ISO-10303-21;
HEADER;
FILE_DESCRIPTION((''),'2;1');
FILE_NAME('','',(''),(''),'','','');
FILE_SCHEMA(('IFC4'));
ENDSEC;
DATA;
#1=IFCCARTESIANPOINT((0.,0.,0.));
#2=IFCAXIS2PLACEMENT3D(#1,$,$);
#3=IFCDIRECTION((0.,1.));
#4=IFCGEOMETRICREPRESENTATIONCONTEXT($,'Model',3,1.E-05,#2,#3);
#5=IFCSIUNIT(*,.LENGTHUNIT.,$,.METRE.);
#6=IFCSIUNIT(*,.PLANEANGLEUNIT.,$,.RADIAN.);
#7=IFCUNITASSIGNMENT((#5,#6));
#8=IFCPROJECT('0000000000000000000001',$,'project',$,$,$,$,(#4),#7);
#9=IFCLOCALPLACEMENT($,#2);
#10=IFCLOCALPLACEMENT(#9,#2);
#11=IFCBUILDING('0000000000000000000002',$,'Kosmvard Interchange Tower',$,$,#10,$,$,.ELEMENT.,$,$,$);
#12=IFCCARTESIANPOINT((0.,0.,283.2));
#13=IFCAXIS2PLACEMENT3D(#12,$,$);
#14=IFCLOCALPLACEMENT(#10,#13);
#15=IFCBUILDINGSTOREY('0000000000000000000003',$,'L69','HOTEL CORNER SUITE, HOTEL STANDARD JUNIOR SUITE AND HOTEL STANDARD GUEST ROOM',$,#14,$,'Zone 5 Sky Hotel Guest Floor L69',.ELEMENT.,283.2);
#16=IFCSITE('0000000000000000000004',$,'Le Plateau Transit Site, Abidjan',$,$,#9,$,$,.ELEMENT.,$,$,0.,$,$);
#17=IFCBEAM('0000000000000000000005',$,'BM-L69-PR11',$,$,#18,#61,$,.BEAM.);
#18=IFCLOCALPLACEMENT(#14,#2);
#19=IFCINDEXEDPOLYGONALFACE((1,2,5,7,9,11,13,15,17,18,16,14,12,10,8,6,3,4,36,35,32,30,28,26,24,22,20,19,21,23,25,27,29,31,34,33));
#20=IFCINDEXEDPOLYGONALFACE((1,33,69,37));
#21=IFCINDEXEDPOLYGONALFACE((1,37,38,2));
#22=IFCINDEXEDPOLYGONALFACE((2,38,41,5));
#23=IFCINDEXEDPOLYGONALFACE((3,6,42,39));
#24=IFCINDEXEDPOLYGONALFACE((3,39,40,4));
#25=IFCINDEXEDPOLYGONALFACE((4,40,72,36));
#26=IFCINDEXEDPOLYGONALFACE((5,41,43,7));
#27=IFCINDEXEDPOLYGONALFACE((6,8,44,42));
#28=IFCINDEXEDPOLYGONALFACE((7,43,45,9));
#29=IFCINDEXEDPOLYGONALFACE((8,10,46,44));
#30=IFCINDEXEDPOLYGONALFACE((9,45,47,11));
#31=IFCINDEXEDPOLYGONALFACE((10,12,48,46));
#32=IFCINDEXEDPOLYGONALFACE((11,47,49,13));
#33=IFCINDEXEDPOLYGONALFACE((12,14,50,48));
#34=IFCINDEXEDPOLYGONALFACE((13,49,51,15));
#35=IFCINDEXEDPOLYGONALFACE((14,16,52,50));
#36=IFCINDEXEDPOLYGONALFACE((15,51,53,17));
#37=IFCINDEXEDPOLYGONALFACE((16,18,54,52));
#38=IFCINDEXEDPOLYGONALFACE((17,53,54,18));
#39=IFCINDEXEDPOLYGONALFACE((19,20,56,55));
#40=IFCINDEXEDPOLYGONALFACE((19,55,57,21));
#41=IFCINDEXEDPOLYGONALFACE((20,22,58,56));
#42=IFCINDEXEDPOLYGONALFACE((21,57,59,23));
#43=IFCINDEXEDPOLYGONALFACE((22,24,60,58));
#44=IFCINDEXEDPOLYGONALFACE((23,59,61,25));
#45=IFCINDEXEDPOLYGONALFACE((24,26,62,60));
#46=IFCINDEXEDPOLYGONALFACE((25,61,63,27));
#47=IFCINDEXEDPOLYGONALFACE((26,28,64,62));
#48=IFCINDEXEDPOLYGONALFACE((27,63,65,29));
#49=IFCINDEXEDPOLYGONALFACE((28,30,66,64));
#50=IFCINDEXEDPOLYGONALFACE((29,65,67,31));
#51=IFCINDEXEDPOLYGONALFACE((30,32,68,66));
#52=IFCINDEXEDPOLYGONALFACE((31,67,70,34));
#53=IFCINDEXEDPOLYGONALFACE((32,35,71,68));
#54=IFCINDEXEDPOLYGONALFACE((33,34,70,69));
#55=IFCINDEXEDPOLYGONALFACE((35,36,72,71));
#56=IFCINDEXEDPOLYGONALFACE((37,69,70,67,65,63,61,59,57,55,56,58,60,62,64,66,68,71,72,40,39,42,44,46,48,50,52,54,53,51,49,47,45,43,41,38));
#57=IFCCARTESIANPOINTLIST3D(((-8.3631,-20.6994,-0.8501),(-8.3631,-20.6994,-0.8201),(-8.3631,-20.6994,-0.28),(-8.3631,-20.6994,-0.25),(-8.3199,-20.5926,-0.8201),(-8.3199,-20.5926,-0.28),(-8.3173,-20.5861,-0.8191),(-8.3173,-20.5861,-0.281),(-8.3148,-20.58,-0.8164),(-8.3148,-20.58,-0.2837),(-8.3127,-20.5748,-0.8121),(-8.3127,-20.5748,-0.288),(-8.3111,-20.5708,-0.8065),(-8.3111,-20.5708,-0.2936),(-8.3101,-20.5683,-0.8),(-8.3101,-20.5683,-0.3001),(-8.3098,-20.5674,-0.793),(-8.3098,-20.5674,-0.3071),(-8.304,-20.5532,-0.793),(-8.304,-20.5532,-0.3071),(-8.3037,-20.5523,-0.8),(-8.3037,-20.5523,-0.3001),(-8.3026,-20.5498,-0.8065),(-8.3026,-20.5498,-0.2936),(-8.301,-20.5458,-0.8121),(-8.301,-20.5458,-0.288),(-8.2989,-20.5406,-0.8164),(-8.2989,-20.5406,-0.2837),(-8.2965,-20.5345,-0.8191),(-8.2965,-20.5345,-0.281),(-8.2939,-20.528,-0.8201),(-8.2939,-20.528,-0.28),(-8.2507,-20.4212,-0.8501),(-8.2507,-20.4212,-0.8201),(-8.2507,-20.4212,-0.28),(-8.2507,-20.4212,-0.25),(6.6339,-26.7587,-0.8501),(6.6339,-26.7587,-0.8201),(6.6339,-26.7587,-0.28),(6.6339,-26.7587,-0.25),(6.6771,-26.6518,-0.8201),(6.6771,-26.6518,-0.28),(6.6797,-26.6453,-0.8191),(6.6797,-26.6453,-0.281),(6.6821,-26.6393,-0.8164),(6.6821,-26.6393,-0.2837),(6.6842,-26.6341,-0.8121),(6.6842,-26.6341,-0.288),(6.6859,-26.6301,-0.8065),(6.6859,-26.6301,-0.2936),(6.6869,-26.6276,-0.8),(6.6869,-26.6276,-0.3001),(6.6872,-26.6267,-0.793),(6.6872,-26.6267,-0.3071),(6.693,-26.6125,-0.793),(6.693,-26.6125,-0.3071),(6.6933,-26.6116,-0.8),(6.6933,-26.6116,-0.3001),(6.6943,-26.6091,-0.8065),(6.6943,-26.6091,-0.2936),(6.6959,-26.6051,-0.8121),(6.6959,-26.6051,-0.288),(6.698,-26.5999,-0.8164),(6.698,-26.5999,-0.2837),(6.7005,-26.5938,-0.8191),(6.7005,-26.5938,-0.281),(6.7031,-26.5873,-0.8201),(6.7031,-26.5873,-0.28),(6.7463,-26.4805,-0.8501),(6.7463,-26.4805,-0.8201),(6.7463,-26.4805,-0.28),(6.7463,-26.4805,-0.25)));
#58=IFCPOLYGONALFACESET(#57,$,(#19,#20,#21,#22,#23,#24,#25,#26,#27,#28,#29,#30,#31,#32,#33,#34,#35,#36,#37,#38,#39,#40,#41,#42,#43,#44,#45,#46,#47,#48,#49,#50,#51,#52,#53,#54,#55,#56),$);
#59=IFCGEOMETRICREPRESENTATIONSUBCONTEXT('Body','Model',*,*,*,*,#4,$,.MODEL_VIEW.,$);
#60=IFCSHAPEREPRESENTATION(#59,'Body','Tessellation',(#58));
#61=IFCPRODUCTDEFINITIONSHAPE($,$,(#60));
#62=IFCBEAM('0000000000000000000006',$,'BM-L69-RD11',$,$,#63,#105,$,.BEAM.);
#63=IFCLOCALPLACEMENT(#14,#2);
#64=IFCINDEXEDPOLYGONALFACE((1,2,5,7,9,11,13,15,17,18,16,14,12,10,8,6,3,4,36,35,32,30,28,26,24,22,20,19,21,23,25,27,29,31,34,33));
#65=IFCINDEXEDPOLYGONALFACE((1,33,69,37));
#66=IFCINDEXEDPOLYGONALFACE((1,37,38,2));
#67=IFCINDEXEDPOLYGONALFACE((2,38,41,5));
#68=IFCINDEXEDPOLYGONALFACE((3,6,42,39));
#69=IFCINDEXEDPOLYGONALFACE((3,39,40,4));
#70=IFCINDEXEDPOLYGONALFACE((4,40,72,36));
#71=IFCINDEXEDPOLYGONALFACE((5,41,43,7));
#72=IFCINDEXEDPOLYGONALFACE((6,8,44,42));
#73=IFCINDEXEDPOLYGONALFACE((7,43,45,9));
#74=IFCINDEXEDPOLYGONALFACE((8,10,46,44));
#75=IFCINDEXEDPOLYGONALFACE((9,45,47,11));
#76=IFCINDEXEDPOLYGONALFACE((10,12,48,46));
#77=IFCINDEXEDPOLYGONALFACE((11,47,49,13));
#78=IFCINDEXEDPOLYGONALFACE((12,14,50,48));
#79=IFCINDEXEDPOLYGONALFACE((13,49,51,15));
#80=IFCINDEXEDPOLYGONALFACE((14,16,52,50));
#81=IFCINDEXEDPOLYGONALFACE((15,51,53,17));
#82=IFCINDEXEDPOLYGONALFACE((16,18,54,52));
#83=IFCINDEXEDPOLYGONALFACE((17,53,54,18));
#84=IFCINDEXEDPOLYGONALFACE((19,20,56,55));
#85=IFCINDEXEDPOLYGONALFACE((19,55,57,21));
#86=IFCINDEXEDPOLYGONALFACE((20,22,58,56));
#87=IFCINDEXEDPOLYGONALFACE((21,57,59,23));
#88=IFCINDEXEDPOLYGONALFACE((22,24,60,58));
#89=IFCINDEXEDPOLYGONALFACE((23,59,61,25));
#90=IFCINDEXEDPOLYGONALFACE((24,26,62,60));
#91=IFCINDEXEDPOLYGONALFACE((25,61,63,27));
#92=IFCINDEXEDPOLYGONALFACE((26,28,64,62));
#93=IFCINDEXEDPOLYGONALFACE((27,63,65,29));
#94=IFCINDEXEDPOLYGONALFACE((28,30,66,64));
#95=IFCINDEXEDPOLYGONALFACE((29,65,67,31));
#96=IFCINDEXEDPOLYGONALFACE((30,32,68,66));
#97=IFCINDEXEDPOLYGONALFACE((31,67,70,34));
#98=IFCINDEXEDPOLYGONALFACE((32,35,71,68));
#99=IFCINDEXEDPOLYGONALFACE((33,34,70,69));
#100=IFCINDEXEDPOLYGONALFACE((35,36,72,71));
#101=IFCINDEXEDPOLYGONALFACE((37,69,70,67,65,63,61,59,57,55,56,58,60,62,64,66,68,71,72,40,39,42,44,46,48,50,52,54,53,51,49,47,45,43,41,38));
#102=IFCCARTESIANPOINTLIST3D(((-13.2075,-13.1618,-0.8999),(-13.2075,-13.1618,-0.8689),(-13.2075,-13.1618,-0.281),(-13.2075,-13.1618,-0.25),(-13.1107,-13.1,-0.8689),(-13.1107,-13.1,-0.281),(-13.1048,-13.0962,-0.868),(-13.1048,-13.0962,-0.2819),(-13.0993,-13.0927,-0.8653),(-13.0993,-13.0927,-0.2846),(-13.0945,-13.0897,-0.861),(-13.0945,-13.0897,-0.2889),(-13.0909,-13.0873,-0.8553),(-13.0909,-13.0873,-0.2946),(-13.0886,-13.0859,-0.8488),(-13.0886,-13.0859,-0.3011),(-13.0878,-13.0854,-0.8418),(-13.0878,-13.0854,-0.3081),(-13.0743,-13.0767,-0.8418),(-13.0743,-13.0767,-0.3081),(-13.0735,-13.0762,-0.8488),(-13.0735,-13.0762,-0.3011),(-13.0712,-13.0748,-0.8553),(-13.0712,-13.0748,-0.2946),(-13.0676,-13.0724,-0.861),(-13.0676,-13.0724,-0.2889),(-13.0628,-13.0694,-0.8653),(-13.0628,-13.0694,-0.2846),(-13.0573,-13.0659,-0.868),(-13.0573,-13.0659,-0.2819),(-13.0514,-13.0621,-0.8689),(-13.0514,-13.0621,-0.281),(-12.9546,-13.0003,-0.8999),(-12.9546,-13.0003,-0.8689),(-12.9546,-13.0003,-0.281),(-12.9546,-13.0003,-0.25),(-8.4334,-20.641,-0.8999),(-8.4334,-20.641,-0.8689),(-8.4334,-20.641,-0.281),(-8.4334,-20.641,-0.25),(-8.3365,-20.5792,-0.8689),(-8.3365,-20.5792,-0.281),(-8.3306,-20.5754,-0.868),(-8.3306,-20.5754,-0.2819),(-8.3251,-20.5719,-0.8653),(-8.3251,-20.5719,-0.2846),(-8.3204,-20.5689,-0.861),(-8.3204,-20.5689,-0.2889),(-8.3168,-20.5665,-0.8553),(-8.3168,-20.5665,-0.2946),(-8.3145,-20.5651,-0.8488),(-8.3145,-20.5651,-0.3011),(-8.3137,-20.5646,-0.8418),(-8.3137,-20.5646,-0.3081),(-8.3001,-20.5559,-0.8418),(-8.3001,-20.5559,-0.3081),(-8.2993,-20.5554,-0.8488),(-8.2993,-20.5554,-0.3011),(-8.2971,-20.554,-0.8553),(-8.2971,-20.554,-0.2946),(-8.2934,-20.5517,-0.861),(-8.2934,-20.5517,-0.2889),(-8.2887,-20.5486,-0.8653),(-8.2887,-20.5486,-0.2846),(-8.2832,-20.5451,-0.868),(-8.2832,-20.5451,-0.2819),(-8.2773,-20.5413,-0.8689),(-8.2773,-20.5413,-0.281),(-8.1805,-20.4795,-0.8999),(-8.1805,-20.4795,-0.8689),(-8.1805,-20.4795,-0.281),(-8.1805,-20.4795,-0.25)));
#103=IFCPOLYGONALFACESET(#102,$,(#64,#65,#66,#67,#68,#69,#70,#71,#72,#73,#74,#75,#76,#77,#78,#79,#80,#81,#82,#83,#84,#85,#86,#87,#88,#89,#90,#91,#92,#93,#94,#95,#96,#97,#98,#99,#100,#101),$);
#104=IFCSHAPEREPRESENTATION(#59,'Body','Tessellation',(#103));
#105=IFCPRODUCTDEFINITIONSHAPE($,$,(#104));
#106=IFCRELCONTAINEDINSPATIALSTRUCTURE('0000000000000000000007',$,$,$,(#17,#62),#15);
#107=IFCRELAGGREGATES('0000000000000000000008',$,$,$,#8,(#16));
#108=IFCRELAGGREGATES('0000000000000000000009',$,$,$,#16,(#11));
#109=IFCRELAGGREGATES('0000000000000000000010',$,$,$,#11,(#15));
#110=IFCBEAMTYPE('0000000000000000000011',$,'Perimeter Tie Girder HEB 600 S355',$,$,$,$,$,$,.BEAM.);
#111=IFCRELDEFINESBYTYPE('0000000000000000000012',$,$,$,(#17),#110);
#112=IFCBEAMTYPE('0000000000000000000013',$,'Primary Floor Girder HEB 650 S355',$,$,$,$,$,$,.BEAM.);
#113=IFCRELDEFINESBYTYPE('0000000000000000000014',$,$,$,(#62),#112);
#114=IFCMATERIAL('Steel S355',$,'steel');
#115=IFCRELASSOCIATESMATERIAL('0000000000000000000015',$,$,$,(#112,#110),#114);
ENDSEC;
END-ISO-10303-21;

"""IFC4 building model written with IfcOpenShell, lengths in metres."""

from ifc_helpers import new_model, si_unit, direction, frame, origin, origin_2d, place, context, subcontext, project, spatial, i_section, extrude, source, transform, mapped, material, material_profile, profile_set, type_object, element, save


model = new_model("IFC4")

# Units and contexts
model_context = context("Model", 3, precision=1e-05, world=origin(), true_north=direction((0.0, 1.0)))
body_context = subcontext(model_context, "Body", "Model", "MODEL_VIEW")
ifc_project = project(units=[si_unit("LENGTHUNIT", "METRE"), si_unit("PLANEANGLEUNIT", "RADIAN")], contexts=[model_context])

# Site, building, storey
site_placement = place(None, origin())
site = spatial("IfcSite", under=ifc_project, at=site_placement, Name="Le Plateau Transit Site, Abidjan", CompositionType="ELEMENT", RefElevation=0.0)
building_placement = place(site_placement, origin())
building = spatial("IfcBuilding", under=site, at=building_placement, Name="Kosmvard Interchange Tower", CompositionType="ELEMENT")
storey_placement = place(building_placement, frame((0.0, 0.0, 283.2)))
storey = spatial("IfcBuildingStorey", under=building, at=storey_placement, Name="L69", Description="HOTEL CORNER SUITE, HOTEL STANDARD JUNIOR SUITE AND HOTEL STANDARD GUEST ROOM", LongName="Zone 5 Sky Hotel Guest Floor L69", CompositionType="ELEMENT", Elevation=283.2)

# Beams
ifc_material_1 = material(Name="Steel S355", Category="steel")
ifc_material_profile_1 = material_profile(ifc_material_1, i_section(OverallWidth=0.3, OverallDepth=0.6499, WebThickness=0.0161, FlangeThickness=0.031, FilletRadius=0.0271, at=origin_2d()), Name="HEB 650")
ifc_profile_set_1 = profile_set([ifc_material_profile_1], Name="Steel S355")
beam_type_1 = type_object("IfcBeamType", Name="Primary Floor Girder HEB 650 S355", PredefinedType="BEAM", material=ifc_profile_set_1)
ifc_material_profile_2 = material_profile(ifc_material_1, i_section(OverallWidth=0.3, OverallDepth=0.6001, WebThickness=0.0154, FlangeThickness=0.03, FilletRadius=0.0271, at=origin_2d()), Name="HEB 600")
ifc_profile_set_2 = profile_set([ifc_material_profile_2], Name="Steel S355")
beam_type_2 = type_object("IfcBeamType", Name="Perimeter Tie Girder HEB 600 S355", PredefinedType="BEAM", material=ifc_profile_set_2)
shared_shape_1 = source(origin(), body_context, "Body", "SweptSolid", [
    extrude(i_section(OverallWidth=0.3, OverallDepth=0.6001, WebThickness=0.0154, FlangeThickness=0.03, FilletRadius=0.0271, at=origin_2d()), origin(), (0.0, 0.0, 1.0), 16.1748),
])
beam_1_placement = place(storey_placement, frame((-8.3069, -20.5603, -0.55), z_axis=(0.927181, -0.374613, 0.0), x_axis=(0.374613, 0.927181, 0.0)))
element("IfcBeam", 1, at=beam_1_placement, inside=storey, type_object=beam_type_2, Name="BM-L69-PR11", PredefinedType="BEAM", context=body_context, shape_type="MappedRepresentation", body=[
    mapped(shared_shape_1, transform((0.0, 0.0, 0.0), scale=1.0)),
])
shared_shape_2 = source(origin(), body_context, "Body", "SweptSolid", [
    extrude(i_section(OverallWidth=0.3, OverallDepth=0.6499, WebThickness=0.0161, FlangeThickness=0.031, FilletRadius=0.0271, at=origin_2d()), origin(), (0.0, 0.0, 1.0), 8.873),
])
beam_2_placement = place(storey_placement, frame((-13.0811, -13.0811, -0.575), z_axis=(0.53805, -0.842913, 0.0), x_axis=(0.842913, 0.53805, 0.0)))
element("IfcBeam", 2, at=beam_2_placement, inside=storey, type_object=beam_type_1, Name="BM-L69-RD11", PredefinedType="BEAM", context=body_context, shape_type="MappedRepresentation", body=[
    mapped(shared_shape_2, transform((0.0, 0.0, 0.0), scale=1.0)),
])

save(model, "model.ifc")
